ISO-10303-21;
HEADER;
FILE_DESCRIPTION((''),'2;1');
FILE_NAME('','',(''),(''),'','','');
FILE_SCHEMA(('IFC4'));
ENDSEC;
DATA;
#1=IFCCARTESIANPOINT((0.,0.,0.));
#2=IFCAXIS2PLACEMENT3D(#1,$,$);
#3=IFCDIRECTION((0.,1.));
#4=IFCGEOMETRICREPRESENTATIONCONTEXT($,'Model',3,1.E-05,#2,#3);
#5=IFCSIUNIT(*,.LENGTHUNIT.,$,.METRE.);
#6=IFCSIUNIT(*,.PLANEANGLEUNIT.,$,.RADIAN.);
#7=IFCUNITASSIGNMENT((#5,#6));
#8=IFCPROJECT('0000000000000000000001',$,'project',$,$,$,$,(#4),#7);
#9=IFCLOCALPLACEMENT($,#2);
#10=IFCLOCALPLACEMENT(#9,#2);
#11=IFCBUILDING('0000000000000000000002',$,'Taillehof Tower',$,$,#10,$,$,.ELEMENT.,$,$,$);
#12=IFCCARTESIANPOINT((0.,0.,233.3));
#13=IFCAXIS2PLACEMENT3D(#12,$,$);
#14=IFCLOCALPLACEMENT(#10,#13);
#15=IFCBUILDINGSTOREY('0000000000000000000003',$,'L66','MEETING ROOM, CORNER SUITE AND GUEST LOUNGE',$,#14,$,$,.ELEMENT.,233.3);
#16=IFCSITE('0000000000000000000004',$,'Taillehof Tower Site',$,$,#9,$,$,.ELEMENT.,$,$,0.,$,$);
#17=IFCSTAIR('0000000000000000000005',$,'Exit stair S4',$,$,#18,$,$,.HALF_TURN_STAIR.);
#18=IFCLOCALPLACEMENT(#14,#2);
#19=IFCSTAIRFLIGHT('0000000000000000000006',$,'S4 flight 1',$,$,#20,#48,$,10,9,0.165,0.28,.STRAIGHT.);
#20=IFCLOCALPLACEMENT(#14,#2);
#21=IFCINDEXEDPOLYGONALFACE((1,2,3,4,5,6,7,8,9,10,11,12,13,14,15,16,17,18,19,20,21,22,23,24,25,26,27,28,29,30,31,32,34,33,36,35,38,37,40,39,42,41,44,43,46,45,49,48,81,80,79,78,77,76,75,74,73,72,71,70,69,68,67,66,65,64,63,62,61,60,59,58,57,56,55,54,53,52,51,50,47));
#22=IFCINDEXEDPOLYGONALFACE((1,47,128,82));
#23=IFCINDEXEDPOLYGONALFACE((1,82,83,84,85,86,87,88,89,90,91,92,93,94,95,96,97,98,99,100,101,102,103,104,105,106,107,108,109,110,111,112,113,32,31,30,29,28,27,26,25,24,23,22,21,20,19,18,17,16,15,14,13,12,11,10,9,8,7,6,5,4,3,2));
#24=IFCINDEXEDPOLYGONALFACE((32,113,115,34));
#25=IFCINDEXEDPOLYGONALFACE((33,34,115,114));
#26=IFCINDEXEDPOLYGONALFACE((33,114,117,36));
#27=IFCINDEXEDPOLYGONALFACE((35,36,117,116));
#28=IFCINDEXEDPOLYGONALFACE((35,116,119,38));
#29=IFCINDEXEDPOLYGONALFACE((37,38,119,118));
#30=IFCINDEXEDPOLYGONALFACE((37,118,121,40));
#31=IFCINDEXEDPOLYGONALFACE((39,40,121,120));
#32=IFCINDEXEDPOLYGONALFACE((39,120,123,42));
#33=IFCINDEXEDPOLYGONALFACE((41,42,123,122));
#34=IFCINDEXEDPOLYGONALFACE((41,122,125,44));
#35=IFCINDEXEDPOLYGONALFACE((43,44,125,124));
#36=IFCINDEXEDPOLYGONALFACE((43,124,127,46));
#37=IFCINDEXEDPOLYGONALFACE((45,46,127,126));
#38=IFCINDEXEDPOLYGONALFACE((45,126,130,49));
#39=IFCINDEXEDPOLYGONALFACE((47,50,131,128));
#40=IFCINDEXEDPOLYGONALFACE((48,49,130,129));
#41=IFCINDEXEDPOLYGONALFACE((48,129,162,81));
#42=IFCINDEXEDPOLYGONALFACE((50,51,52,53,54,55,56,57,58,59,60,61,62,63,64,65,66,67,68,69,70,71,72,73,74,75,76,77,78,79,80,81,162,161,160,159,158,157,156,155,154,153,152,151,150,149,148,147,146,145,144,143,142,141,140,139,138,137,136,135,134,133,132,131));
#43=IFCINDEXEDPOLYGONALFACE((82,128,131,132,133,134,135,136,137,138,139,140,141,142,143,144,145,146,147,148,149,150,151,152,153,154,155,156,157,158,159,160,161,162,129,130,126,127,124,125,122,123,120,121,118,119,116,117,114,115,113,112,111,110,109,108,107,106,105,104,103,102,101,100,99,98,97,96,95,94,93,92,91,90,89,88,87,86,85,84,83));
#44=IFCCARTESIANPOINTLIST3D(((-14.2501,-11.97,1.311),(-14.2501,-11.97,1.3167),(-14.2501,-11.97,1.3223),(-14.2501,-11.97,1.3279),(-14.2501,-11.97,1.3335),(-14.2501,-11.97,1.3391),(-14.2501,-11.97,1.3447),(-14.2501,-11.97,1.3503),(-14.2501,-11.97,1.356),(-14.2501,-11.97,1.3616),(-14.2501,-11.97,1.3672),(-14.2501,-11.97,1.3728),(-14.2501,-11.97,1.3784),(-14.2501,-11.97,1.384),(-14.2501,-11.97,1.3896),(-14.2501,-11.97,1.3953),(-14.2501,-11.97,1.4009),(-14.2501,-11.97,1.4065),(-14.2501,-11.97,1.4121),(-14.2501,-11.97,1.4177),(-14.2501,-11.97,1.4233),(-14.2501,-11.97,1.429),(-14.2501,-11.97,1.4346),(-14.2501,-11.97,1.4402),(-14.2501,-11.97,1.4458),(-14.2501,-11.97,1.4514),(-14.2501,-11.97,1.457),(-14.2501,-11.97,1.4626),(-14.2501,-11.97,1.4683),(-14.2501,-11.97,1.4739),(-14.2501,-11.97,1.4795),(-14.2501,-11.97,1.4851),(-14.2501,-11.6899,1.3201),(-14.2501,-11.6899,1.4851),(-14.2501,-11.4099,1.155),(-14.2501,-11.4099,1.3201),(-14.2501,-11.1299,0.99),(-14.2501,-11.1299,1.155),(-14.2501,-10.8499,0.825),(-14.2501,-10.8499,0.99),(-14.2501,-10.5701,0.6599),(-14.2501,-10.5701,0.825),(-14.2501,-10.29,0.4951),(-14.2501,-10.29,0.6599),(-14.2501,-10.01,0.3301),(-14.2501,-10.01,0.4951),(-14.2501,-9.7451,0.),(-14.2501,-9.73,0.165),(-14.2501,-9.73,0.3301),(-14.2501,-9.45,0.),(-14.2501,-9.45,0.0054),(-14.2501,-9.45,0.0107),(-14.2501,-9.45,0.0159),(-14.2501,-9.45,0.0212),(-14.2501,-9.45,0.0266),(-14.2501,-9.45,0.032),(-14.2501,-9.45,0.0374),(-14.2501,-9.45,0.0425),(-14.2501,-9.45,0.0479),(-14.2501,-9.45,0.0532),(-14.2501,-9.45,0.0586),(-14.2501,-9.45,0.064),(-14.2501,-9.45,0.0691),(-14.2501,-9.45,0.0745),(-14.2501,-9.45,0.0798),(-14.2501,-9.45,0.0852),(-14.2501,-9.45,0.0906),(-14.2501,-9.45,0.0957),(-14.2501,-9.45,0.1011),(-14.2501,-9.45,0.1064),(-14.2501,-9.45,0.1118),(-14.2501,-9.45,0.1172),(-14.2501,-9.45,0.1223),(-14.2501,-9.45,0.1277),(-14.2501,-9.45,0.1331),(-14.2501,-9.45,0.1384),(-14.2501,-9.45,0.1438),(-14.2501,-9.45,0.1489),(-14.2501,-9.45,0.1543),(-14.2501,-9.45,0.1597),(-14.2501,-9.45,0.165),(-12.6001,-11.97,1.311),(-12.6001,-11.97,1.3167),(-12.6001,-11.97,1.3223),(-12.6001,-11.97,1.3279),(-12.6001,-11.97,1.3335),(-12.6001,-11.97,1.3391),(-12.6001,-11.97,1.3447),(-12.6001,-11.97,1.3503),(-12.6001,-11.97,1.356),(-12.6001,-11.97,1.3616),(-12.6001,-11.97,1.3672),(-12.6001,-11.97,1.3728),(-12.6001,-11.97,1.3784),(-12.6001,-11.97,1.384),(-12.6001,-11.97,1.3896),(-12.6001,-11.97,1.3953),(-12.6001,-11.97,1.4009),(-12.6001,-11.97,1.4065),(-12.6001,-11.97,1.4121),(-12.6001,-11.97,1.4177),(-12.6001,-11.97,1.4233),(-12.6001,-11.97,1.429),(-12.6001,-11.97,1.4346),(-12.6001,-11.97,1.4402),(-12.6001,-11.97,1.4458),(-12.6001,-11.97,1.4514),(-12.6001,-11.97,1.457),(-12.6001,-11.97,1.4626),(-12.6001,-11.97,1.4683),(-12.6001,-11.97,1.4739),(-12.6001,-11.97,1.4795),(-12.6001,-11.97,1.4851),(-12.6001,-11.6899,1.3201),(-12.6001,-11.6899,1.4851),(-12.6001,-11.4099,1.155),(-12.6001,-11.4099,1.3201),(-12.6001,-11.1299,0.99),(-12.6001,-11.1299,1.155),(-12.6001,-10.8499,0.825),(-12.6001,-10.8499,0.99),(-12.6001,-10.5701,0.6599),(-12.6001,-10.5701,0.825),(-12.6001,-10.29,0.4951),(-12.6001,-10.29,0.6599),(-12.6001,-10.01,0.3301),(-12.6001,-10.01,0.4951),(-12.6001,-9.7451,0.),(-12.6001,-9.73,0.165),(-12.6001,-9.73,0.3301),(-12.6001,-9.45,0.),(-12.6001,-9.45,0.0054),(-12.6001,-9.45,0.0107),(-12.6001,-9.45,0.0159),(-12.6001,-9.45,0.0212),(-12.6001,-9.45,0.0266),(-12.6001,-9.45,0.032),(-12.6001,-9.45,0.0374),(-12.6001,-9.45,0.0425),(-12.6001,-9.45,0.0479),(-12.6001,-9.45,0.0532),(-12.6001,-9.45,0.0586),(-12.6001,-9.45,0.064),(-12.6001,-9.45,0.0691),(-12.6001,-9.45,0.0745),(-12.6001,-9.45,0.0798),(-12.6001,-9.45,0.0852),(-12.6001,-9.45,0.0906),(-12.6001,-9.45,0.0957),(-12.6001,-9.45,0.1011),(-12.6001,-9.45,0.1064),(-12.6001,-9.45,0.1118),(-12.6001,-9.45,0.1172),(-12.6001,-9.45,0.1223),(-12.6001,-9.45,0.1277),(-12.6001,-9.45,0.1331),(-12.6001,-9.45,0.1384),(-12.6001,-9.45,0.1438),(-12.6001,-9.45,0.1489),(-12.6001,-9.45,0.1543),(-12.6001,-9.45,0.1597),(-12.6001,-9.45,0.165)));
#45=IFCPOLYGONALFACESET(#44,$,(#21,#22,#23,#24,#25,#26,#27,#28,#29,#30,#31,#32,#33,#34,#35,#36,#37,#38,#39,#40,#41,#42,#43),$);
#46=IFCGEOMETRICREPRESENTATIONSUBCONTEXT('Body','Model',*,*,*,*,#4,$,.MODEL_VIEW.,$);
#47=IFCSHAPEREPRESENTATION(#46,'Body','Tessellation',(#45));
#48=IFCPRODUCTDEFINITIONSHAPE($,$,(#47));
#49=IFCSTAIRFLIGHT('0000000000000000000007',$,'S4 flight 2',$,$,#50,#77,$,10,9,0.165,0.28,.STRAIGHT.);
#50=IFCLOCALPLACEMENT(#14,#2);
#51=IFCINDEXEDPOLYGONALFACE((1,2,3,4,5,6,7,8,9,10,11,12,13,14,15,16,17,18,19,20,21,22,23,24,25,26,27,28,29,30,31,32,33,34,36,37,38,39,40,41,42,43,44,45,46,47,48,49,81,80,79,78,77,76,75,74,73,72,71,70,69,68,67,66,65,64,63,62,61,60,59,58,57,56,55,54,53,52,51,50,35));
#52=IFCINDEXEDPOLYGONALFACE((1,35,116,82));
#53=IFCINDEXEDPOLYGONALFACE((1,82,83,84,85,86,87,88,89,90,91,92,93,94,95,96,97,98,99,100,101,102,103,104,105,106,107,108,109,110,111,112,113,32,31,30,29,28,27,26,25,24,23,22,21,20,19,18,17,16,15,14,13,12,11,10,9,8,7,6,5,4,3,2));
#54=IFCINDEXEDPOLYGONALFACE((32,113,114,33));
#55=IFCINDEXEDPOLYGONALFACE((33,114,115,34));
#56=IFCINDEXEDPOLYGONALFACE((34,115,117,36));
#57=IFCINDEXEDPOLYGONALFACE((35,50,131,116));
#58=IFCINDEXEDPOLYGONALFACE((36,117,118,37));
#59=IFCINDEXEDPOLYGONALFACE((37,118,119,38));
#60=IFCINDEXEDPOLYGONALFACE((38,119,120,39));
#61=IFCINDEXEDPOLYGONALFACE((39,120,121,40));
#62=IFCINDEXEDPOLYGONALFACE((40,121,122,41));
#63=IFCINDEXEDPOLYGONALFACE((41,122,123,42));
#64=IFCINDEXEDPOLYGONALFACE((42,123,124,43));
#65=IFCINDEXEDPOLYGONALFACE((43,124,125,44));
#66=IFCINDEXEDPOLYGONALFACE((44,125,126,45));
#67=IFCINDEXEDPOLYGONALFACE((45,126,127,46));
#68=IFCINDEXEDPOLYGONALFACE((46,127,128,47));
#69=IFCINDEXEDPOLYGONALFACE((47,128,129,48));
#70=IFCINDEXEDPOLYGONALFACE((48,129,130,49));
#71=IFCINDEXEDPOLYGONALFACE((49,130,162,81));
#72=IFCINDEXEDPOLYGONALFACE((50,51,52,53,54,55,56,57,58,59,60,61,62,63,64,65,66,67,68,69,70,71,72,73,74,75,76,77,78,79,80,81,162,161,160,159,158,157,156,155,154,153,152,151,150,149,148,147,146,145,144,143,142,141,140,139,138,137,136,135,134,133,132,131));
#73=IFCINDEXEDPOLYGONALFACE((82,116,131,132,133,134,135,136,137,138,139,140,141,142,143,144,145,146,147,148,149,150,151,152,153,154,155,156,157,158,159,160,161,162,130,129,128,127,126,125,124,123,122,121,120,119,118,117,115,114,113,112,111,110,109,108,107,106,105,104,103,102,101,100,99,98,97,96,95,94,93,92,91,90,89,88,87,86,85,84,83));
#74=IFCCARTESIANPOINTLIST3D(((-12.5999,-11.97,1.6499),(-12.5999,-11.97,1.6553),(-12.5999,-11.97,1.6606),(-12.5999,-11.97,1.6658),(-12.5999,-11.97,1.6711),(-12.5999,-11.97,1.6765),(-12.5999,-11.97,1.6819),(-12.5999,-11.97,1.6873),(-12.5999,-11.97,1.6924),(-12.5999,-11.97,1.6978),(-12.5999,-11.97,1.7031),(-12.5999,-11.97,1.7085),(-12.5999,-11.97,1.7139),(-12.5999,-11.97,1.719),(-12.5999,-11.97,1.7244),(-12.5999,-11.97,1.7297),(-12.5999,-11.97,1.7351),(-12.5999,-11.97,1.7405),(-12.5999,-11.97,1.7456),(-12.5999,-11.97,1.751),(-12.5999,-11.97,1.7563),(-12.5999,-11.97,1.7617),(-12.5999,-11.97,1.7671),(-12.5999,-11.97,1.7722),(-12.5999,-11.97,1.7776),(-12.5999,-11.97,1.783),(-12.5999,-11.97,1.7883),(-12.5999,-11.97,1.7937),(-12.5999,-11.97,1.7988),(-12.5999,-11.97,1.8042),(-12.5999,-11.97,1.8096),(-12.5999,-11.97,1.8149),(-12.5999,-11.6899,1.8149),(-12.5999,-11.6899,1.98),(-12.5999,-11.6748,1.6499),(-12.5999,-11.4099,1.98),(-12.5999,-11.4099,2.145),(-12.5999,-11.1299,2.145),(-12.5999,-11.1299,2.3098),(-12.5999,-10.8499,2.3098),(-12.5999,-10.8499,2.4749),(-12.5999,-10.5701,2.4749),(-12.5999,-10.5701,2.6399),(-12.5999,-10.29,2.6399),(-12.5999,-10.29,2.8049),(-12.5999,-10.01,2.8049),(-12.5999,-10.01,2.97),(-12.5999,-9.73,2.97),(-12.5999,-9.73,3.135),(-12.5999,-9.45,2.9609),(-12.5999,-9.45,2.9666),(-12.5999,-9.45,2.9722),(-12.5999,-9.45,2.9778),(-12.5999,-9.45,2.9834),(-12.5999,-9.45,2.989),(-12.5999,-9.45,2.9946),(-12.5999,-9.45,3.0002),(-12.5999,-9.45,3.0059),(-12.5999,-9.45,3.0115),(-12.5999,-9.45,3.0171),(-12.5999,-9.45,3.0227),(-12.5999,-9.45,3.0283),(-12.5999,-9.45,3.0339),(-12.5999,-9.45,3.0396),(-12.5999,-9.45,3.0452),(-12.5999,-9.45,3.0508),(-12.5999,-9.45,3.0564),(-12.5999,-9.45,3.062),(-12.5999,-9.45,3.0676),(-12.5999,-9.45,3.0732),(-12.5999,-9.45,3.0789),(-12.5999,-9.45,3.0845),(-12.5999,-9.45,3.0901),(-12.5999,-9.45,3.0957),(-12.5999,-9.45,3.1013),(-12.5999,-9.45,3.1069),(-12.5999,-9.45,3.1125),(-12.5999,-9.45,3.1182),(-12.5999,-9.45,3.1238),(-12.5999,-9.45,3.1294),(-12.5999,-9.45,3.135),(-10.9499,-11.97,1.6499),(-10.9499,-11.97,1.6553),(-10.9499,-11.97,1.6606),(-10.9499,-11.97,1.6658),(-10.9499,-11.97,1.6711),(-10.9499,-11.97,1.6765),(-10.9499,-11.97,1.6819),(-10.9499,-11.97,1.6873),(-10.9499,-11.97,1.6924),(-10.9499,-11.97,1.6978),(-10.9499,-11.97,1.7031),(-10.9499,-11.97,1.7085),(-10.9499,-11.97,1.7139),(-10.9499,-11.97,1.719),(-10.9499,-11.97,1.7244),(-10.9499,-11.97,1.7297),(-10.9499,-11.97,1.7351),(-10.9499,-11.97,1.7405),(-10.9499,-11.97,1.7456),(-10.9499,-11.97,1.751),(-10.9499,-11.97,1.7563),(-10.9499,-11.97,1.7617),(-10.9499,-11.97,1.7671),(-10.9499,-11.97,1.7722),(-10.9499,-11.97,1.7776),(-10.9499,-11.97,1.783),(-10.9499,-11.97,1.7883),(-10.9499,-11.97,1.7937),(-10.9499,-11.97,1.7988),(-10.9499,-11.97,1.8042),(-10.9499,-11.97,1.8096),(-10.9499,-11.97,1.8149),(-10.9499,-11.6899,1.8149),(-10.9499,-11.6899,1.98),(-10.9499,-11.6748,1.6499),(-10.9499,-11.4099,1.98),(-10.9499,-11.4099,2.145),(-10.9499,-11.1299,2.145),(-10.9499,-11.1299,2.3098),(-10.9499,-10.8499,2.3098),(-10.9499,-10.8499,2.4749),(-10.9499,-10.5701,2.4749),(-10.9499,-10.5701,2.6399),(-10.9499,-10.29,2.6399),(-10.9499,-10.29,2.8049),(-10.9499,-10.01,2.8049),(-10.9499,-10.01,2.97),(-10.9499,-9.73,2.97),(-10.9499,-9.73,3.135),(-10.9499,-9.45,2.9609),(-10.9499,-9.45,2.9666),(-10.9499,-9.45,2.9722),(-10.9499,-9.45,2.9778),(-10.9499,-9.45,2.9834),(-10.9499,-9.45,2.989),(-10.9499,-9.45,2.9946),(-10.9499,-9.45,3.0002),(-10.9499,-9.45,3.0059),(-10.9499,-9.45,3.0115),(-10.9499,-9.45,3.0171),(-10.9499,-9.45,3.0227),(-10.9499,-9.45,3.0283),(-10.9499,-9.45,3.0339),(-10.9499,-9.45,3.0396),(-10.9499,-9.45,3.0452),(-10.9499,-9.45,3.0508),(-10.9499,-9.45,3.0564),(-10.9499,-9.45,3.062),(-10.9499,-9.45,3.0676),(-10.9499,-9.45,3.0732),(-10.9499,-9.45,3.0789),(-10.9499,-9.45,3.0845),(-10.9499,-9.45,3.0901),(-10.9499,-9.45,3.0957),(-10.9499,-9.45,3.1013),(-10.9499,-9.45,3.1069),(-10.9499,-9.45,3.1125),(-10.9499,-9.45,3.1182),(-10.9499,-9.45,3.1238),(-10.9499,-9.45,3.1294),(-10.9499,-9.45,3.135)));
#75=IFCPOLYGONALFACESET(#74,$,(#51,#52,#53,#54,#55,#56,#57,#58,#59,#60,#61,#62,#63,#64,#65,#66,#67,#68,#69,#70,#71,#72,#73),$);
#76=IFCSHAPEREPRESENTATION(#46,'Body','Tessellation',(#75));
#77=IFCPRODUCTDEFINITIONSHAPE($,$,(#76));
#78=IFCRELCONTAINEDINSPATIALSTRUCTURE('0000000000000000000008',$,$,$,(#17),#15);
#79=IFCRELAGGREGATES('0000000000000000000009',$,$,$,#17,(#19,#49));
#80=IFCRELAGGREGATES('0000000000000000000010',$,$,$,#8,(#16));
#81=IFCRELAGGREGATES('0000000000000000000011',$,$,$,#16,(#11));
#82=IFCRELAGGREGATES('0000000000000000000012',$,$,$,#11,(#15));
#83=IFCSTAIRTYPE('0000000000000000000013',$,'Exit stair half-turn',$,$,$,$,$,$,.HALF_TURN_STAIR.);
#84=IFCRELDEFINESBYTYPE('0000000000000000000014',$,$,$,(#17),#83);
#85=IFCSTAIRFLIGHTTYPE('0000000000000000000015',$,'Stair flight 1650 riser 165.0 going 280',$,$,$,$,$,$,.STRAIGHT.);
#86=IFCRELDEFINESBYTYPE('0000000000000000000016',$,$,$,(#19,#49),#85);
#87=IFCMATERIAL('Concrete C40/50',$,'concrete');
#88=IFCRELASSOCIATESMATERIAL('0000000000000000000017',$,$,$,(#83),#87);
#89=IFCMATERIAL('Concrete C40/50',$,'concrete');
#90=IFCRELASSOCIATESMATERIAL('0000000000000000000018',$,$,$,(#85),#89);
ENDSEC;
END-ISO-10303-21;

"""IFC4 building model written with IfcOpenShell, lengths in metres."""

from ifc_helpers import new_model, si_unit, direction, frame, origin, place, context, subcontext, project, spatial, polyline, outline, extrude, material, type_object, element, aggregate, save


model = new_model("IFC4")

# Units and contexts
model_context = context("Model", 3, precision=1e-05, world=origin(), true_north=direction((0.0, 1.0)))
body_context = subcontext(model_context, "Body", "Model", "MODEL_VIEW")
ifc_project = project(units=[si_unit("LENGTHUNIT", "METRE"), si_unit("PLANEANGLEUNIT", "RADIAN")], contexts=[model_context])

# Site, building, storey
site_placement = place(None, origin())
site = spatial("IfcSite", under=ifc_project, at=site_placement, Name="Taillehof Tower Site", CompositionType="ELEMENT", RefElevation=0.0)
building_placement = place(site_placement, origin())
building = spatial("IfcBuilding", under=site, at=building_placement, Name="Taillehof Tower", CompositionType="ELEMENT")
storey_placement = place(building_placement, frame((0.0, 0.0, 233.3)))
storey = spatial("IfcBuildingStorey", under=building, at=storey_placement, Name="L66", Description="MEETING ROOM, CORNER SUITE AND GUEST LOUNGE", CompositionType="ELEMENT", Elevation=233.3)

# Stair, stair flights
ifc_material_1 = material(Name="Concrete C40/50", Category="concrete")
stair_type = type_object("IfcStairType", Name="Exit stair half-turn", PredefinedType="HALF_TURN_STAIR", material=ifc_material_1)
stair_placement = place(storey_placement, origin())
stair = element("IfcStair", 1, at=stair_placement, inside=storey, type_object=stair_type, Name="Exit stair S4", PredefinedType="HALF_TURN_STAIR")
ifc_material_2 = material(Name="Concrete C40/50", Category="concrete")
stair_flight_type = type_object("IfcStairFlightType", Name="Stair flight 1650 riser 165.0 going 280", PredefinedType="STRAIGHT", material=ifc_material_2)
stair_flight_1_placement = place(storey_placement, frame((-13.425, -9.45, 0.0), z_axis=(0.0, 0.0, 1.0), x_axis=(0.0, -1.0, 0.0)))
stair_flight_1 = element("IfcStairFlight", 2, at=stair_flight_1_placement, type_object=stair_flight_type, Name="S4 flight 1", NumberOfRisers=10, NumberOfTreads=9, PredefinedType="STRAIGHT", RiserHeight=0.165, TreadLength=0.28, context=body_context, shape_type="SweptSolid", body=[
    extrude(outline(polyline([(0.0, 0.0), (0.0, 0.0054), (0.0, 0.0107), (0.0, 0.0159), (0.0, 0.0212), (0.0, 0.0266), (0.0, 0.032), (0.0, 0.0374), (0.0, 0.0425), (0.0, 0.0479), (0.0, 0.0532), (0.0, 0.0586), (0.0, 0.064), (0.0, 0.0691), (0.0, 0.0745), (0.0, 0.0798), (0.0, 0.0852), (0.0, 0.0906), (0.0, 0.0957), (0.0, 0.1011), (0.0, 0.1064), (0.0, 0.1118), (0.0, 0.1172), (0.0, 0.1223), (0.0, 0.1277), (0.0, 0.1331), (0.0, 0.1384), (0.0, 0.1438), (0.0, 0.1489), (0.0, 0.1543), (0.0, 0.1597), (0.0, 0.165), (0.28, 0.165), (0.28, 0.3301), (0.5601, 0.3301), (0.5601, 0.4951), (0.8401, 0.4951), (0.8401, 0.6599), (1.1201, 0.6599), (1.1201, 0.825), (1.3999, 0.825), (1.3999, 0.99), (1.6799, 0.99), (1.6799, 1.155), (1.96, 1.155), (1.96, 1.3201), (2.24, 1.3201), (2.24, 1.4851), (2.52, 1.4851), (2.52, 1.4795), (2.52, 1.4739), (2.52, 1.4683), (2.52, 1.4626), (2.52, 1.457), (2.52, 1.4514), (2.52, 1.4458), (2.52, 1.4402), (2.52, 1.4346), (2.52, 1.429), (2.52, 1.4233), (2.52, 1.4177), (2.52, 1.4121), (2.52, 1.4065), (2.52, 1.4009), (2.52, 1.3953), (2.52, 1.3896), (2.52, 1.384), (2.52, 1.3784), (2.52, 1.3728), (2.52, 1.3672), (2.52, 1.3616), (2.52, 1.356), (2.52, 1.3503), (2.52, 1.3447), (2.52, 1.3391), (2.52, 1.3335), (2.52, 1.3279), (2.52, 1.3223), (2.52, 1.3167), (2.52, 1.311), (0.2952, 0.0), (0.0, 0.0)])), frame((0.0, 0.825, 0.0), z_axis=(0.0, -1.0, 0.0), x_axis=(1.0, 0.0, 0.0)), (0.0, 0.0, 1.0), 1.65),
])
stair_flight_2_placement = place(storey_placement, frame((-11.7749, -11.97, 1.6499), z_axis=(0.0, 0.0, 1.0), x_axis=(0.0, 1.0, 0.0)))
stair_flight_2 = element("IfcStairFlight", 3, at=stair_flight_2_placement, type_object=stair_flight_type, Name="S4 flight 2", NumberOfRisers=10, NumberOfTreads=9, PredefinedType="STRAIGHT", RiserHeight=0.165, TreadLength=0.28, context=body_context, shape_type="SweptSolid", body=[
    extrude(outline(polyline([(0.0, 0.0), (0.0, 0.0054), (0.0, 0.0107), (0.0, 0.0159), (0.0, 0.0212), (0.0, 0.0266), (0.0, 0.032), (0.0, 0.0374), (0.0, 0.0425), (0.0, 0.0479), (0.0, 0.0532), (0.0, 0.0586), (0.0, 0.064), (0.0, 0.0691), (0.0, 0.0745), (0.0, 0.0798), (0.0, 0.0852), (0.0, 0.0906), (0.0, 0.0957), (0.0, 0.1011), (0.0, 0.1064), (0.0, 0.1118), (0.0, 0.1172), (0.0, 0.1223), (0.0, 0.1277), (0.0, 0.1331), (0.0, 0.1384), (0.0, 0.1438), (0.0, 0.1489), (0.0, 0.1543), (0.0, 0.1597), (0.0, 0.165), (0.28, 0.165), (0.28, 0.3301), (0.5601, 0.3301), (0.5601, 0.4951), (0.8401, 0.4951), (0.8401, 0.6599), (1.1201, 0.6599), (1.1201, 0.825), (1.3999, 0.825), (1.3999, 0.99), (1.6799, 0.99), (1.6799, 1.155), (1.96, 1.155), (1.96, 1.3201), (2.24, 1.3201), (2.24, 1.4851), (2.52, 1.4851), (2.52, 1.4795), (2.52, 1.4739), (2.52, 1.4683), (2.52, 1.4626), (2.52, 1.457), (2.52, 1.4514), (2.52, 1.4458), (2.52, 1.4402), (2.52, 1.4346), (2.52, 1.429), (2.52, 1.4233), (2.52, 1.4177), (2.52, 1.4121), (2.52, 1.4065), (2.52, 1.4009), (2.52, 1.3953), (2.52, 1.3896), (2.52, 1.384), (2.52, 1.3784), (2.52, 1.3728), (2.52, 1.3672), (2.52, 1.3616), (2.52, 1.356), (2.52, 1.3503), (2.52, 1.3447), (2.52, 1.3391), (2.52, 1.3335), (2.52, 1.3279), (2.52, 1.3223), (2.52, 1.3167), (2.52, 1.311), (0.2952, 0.0), (0.0, 0.0)])), frame((0.0, 0.825, 0.0), z_axis=(0.0, -1.0, 0.0), x_axis=(1.0, 0.0, 0.0)), (0.0, 0.0, 1.0), 1.65),
])
aggregate(stair, [stair_flight_1, stair_flight_2])

save(model, "model.ifc")
